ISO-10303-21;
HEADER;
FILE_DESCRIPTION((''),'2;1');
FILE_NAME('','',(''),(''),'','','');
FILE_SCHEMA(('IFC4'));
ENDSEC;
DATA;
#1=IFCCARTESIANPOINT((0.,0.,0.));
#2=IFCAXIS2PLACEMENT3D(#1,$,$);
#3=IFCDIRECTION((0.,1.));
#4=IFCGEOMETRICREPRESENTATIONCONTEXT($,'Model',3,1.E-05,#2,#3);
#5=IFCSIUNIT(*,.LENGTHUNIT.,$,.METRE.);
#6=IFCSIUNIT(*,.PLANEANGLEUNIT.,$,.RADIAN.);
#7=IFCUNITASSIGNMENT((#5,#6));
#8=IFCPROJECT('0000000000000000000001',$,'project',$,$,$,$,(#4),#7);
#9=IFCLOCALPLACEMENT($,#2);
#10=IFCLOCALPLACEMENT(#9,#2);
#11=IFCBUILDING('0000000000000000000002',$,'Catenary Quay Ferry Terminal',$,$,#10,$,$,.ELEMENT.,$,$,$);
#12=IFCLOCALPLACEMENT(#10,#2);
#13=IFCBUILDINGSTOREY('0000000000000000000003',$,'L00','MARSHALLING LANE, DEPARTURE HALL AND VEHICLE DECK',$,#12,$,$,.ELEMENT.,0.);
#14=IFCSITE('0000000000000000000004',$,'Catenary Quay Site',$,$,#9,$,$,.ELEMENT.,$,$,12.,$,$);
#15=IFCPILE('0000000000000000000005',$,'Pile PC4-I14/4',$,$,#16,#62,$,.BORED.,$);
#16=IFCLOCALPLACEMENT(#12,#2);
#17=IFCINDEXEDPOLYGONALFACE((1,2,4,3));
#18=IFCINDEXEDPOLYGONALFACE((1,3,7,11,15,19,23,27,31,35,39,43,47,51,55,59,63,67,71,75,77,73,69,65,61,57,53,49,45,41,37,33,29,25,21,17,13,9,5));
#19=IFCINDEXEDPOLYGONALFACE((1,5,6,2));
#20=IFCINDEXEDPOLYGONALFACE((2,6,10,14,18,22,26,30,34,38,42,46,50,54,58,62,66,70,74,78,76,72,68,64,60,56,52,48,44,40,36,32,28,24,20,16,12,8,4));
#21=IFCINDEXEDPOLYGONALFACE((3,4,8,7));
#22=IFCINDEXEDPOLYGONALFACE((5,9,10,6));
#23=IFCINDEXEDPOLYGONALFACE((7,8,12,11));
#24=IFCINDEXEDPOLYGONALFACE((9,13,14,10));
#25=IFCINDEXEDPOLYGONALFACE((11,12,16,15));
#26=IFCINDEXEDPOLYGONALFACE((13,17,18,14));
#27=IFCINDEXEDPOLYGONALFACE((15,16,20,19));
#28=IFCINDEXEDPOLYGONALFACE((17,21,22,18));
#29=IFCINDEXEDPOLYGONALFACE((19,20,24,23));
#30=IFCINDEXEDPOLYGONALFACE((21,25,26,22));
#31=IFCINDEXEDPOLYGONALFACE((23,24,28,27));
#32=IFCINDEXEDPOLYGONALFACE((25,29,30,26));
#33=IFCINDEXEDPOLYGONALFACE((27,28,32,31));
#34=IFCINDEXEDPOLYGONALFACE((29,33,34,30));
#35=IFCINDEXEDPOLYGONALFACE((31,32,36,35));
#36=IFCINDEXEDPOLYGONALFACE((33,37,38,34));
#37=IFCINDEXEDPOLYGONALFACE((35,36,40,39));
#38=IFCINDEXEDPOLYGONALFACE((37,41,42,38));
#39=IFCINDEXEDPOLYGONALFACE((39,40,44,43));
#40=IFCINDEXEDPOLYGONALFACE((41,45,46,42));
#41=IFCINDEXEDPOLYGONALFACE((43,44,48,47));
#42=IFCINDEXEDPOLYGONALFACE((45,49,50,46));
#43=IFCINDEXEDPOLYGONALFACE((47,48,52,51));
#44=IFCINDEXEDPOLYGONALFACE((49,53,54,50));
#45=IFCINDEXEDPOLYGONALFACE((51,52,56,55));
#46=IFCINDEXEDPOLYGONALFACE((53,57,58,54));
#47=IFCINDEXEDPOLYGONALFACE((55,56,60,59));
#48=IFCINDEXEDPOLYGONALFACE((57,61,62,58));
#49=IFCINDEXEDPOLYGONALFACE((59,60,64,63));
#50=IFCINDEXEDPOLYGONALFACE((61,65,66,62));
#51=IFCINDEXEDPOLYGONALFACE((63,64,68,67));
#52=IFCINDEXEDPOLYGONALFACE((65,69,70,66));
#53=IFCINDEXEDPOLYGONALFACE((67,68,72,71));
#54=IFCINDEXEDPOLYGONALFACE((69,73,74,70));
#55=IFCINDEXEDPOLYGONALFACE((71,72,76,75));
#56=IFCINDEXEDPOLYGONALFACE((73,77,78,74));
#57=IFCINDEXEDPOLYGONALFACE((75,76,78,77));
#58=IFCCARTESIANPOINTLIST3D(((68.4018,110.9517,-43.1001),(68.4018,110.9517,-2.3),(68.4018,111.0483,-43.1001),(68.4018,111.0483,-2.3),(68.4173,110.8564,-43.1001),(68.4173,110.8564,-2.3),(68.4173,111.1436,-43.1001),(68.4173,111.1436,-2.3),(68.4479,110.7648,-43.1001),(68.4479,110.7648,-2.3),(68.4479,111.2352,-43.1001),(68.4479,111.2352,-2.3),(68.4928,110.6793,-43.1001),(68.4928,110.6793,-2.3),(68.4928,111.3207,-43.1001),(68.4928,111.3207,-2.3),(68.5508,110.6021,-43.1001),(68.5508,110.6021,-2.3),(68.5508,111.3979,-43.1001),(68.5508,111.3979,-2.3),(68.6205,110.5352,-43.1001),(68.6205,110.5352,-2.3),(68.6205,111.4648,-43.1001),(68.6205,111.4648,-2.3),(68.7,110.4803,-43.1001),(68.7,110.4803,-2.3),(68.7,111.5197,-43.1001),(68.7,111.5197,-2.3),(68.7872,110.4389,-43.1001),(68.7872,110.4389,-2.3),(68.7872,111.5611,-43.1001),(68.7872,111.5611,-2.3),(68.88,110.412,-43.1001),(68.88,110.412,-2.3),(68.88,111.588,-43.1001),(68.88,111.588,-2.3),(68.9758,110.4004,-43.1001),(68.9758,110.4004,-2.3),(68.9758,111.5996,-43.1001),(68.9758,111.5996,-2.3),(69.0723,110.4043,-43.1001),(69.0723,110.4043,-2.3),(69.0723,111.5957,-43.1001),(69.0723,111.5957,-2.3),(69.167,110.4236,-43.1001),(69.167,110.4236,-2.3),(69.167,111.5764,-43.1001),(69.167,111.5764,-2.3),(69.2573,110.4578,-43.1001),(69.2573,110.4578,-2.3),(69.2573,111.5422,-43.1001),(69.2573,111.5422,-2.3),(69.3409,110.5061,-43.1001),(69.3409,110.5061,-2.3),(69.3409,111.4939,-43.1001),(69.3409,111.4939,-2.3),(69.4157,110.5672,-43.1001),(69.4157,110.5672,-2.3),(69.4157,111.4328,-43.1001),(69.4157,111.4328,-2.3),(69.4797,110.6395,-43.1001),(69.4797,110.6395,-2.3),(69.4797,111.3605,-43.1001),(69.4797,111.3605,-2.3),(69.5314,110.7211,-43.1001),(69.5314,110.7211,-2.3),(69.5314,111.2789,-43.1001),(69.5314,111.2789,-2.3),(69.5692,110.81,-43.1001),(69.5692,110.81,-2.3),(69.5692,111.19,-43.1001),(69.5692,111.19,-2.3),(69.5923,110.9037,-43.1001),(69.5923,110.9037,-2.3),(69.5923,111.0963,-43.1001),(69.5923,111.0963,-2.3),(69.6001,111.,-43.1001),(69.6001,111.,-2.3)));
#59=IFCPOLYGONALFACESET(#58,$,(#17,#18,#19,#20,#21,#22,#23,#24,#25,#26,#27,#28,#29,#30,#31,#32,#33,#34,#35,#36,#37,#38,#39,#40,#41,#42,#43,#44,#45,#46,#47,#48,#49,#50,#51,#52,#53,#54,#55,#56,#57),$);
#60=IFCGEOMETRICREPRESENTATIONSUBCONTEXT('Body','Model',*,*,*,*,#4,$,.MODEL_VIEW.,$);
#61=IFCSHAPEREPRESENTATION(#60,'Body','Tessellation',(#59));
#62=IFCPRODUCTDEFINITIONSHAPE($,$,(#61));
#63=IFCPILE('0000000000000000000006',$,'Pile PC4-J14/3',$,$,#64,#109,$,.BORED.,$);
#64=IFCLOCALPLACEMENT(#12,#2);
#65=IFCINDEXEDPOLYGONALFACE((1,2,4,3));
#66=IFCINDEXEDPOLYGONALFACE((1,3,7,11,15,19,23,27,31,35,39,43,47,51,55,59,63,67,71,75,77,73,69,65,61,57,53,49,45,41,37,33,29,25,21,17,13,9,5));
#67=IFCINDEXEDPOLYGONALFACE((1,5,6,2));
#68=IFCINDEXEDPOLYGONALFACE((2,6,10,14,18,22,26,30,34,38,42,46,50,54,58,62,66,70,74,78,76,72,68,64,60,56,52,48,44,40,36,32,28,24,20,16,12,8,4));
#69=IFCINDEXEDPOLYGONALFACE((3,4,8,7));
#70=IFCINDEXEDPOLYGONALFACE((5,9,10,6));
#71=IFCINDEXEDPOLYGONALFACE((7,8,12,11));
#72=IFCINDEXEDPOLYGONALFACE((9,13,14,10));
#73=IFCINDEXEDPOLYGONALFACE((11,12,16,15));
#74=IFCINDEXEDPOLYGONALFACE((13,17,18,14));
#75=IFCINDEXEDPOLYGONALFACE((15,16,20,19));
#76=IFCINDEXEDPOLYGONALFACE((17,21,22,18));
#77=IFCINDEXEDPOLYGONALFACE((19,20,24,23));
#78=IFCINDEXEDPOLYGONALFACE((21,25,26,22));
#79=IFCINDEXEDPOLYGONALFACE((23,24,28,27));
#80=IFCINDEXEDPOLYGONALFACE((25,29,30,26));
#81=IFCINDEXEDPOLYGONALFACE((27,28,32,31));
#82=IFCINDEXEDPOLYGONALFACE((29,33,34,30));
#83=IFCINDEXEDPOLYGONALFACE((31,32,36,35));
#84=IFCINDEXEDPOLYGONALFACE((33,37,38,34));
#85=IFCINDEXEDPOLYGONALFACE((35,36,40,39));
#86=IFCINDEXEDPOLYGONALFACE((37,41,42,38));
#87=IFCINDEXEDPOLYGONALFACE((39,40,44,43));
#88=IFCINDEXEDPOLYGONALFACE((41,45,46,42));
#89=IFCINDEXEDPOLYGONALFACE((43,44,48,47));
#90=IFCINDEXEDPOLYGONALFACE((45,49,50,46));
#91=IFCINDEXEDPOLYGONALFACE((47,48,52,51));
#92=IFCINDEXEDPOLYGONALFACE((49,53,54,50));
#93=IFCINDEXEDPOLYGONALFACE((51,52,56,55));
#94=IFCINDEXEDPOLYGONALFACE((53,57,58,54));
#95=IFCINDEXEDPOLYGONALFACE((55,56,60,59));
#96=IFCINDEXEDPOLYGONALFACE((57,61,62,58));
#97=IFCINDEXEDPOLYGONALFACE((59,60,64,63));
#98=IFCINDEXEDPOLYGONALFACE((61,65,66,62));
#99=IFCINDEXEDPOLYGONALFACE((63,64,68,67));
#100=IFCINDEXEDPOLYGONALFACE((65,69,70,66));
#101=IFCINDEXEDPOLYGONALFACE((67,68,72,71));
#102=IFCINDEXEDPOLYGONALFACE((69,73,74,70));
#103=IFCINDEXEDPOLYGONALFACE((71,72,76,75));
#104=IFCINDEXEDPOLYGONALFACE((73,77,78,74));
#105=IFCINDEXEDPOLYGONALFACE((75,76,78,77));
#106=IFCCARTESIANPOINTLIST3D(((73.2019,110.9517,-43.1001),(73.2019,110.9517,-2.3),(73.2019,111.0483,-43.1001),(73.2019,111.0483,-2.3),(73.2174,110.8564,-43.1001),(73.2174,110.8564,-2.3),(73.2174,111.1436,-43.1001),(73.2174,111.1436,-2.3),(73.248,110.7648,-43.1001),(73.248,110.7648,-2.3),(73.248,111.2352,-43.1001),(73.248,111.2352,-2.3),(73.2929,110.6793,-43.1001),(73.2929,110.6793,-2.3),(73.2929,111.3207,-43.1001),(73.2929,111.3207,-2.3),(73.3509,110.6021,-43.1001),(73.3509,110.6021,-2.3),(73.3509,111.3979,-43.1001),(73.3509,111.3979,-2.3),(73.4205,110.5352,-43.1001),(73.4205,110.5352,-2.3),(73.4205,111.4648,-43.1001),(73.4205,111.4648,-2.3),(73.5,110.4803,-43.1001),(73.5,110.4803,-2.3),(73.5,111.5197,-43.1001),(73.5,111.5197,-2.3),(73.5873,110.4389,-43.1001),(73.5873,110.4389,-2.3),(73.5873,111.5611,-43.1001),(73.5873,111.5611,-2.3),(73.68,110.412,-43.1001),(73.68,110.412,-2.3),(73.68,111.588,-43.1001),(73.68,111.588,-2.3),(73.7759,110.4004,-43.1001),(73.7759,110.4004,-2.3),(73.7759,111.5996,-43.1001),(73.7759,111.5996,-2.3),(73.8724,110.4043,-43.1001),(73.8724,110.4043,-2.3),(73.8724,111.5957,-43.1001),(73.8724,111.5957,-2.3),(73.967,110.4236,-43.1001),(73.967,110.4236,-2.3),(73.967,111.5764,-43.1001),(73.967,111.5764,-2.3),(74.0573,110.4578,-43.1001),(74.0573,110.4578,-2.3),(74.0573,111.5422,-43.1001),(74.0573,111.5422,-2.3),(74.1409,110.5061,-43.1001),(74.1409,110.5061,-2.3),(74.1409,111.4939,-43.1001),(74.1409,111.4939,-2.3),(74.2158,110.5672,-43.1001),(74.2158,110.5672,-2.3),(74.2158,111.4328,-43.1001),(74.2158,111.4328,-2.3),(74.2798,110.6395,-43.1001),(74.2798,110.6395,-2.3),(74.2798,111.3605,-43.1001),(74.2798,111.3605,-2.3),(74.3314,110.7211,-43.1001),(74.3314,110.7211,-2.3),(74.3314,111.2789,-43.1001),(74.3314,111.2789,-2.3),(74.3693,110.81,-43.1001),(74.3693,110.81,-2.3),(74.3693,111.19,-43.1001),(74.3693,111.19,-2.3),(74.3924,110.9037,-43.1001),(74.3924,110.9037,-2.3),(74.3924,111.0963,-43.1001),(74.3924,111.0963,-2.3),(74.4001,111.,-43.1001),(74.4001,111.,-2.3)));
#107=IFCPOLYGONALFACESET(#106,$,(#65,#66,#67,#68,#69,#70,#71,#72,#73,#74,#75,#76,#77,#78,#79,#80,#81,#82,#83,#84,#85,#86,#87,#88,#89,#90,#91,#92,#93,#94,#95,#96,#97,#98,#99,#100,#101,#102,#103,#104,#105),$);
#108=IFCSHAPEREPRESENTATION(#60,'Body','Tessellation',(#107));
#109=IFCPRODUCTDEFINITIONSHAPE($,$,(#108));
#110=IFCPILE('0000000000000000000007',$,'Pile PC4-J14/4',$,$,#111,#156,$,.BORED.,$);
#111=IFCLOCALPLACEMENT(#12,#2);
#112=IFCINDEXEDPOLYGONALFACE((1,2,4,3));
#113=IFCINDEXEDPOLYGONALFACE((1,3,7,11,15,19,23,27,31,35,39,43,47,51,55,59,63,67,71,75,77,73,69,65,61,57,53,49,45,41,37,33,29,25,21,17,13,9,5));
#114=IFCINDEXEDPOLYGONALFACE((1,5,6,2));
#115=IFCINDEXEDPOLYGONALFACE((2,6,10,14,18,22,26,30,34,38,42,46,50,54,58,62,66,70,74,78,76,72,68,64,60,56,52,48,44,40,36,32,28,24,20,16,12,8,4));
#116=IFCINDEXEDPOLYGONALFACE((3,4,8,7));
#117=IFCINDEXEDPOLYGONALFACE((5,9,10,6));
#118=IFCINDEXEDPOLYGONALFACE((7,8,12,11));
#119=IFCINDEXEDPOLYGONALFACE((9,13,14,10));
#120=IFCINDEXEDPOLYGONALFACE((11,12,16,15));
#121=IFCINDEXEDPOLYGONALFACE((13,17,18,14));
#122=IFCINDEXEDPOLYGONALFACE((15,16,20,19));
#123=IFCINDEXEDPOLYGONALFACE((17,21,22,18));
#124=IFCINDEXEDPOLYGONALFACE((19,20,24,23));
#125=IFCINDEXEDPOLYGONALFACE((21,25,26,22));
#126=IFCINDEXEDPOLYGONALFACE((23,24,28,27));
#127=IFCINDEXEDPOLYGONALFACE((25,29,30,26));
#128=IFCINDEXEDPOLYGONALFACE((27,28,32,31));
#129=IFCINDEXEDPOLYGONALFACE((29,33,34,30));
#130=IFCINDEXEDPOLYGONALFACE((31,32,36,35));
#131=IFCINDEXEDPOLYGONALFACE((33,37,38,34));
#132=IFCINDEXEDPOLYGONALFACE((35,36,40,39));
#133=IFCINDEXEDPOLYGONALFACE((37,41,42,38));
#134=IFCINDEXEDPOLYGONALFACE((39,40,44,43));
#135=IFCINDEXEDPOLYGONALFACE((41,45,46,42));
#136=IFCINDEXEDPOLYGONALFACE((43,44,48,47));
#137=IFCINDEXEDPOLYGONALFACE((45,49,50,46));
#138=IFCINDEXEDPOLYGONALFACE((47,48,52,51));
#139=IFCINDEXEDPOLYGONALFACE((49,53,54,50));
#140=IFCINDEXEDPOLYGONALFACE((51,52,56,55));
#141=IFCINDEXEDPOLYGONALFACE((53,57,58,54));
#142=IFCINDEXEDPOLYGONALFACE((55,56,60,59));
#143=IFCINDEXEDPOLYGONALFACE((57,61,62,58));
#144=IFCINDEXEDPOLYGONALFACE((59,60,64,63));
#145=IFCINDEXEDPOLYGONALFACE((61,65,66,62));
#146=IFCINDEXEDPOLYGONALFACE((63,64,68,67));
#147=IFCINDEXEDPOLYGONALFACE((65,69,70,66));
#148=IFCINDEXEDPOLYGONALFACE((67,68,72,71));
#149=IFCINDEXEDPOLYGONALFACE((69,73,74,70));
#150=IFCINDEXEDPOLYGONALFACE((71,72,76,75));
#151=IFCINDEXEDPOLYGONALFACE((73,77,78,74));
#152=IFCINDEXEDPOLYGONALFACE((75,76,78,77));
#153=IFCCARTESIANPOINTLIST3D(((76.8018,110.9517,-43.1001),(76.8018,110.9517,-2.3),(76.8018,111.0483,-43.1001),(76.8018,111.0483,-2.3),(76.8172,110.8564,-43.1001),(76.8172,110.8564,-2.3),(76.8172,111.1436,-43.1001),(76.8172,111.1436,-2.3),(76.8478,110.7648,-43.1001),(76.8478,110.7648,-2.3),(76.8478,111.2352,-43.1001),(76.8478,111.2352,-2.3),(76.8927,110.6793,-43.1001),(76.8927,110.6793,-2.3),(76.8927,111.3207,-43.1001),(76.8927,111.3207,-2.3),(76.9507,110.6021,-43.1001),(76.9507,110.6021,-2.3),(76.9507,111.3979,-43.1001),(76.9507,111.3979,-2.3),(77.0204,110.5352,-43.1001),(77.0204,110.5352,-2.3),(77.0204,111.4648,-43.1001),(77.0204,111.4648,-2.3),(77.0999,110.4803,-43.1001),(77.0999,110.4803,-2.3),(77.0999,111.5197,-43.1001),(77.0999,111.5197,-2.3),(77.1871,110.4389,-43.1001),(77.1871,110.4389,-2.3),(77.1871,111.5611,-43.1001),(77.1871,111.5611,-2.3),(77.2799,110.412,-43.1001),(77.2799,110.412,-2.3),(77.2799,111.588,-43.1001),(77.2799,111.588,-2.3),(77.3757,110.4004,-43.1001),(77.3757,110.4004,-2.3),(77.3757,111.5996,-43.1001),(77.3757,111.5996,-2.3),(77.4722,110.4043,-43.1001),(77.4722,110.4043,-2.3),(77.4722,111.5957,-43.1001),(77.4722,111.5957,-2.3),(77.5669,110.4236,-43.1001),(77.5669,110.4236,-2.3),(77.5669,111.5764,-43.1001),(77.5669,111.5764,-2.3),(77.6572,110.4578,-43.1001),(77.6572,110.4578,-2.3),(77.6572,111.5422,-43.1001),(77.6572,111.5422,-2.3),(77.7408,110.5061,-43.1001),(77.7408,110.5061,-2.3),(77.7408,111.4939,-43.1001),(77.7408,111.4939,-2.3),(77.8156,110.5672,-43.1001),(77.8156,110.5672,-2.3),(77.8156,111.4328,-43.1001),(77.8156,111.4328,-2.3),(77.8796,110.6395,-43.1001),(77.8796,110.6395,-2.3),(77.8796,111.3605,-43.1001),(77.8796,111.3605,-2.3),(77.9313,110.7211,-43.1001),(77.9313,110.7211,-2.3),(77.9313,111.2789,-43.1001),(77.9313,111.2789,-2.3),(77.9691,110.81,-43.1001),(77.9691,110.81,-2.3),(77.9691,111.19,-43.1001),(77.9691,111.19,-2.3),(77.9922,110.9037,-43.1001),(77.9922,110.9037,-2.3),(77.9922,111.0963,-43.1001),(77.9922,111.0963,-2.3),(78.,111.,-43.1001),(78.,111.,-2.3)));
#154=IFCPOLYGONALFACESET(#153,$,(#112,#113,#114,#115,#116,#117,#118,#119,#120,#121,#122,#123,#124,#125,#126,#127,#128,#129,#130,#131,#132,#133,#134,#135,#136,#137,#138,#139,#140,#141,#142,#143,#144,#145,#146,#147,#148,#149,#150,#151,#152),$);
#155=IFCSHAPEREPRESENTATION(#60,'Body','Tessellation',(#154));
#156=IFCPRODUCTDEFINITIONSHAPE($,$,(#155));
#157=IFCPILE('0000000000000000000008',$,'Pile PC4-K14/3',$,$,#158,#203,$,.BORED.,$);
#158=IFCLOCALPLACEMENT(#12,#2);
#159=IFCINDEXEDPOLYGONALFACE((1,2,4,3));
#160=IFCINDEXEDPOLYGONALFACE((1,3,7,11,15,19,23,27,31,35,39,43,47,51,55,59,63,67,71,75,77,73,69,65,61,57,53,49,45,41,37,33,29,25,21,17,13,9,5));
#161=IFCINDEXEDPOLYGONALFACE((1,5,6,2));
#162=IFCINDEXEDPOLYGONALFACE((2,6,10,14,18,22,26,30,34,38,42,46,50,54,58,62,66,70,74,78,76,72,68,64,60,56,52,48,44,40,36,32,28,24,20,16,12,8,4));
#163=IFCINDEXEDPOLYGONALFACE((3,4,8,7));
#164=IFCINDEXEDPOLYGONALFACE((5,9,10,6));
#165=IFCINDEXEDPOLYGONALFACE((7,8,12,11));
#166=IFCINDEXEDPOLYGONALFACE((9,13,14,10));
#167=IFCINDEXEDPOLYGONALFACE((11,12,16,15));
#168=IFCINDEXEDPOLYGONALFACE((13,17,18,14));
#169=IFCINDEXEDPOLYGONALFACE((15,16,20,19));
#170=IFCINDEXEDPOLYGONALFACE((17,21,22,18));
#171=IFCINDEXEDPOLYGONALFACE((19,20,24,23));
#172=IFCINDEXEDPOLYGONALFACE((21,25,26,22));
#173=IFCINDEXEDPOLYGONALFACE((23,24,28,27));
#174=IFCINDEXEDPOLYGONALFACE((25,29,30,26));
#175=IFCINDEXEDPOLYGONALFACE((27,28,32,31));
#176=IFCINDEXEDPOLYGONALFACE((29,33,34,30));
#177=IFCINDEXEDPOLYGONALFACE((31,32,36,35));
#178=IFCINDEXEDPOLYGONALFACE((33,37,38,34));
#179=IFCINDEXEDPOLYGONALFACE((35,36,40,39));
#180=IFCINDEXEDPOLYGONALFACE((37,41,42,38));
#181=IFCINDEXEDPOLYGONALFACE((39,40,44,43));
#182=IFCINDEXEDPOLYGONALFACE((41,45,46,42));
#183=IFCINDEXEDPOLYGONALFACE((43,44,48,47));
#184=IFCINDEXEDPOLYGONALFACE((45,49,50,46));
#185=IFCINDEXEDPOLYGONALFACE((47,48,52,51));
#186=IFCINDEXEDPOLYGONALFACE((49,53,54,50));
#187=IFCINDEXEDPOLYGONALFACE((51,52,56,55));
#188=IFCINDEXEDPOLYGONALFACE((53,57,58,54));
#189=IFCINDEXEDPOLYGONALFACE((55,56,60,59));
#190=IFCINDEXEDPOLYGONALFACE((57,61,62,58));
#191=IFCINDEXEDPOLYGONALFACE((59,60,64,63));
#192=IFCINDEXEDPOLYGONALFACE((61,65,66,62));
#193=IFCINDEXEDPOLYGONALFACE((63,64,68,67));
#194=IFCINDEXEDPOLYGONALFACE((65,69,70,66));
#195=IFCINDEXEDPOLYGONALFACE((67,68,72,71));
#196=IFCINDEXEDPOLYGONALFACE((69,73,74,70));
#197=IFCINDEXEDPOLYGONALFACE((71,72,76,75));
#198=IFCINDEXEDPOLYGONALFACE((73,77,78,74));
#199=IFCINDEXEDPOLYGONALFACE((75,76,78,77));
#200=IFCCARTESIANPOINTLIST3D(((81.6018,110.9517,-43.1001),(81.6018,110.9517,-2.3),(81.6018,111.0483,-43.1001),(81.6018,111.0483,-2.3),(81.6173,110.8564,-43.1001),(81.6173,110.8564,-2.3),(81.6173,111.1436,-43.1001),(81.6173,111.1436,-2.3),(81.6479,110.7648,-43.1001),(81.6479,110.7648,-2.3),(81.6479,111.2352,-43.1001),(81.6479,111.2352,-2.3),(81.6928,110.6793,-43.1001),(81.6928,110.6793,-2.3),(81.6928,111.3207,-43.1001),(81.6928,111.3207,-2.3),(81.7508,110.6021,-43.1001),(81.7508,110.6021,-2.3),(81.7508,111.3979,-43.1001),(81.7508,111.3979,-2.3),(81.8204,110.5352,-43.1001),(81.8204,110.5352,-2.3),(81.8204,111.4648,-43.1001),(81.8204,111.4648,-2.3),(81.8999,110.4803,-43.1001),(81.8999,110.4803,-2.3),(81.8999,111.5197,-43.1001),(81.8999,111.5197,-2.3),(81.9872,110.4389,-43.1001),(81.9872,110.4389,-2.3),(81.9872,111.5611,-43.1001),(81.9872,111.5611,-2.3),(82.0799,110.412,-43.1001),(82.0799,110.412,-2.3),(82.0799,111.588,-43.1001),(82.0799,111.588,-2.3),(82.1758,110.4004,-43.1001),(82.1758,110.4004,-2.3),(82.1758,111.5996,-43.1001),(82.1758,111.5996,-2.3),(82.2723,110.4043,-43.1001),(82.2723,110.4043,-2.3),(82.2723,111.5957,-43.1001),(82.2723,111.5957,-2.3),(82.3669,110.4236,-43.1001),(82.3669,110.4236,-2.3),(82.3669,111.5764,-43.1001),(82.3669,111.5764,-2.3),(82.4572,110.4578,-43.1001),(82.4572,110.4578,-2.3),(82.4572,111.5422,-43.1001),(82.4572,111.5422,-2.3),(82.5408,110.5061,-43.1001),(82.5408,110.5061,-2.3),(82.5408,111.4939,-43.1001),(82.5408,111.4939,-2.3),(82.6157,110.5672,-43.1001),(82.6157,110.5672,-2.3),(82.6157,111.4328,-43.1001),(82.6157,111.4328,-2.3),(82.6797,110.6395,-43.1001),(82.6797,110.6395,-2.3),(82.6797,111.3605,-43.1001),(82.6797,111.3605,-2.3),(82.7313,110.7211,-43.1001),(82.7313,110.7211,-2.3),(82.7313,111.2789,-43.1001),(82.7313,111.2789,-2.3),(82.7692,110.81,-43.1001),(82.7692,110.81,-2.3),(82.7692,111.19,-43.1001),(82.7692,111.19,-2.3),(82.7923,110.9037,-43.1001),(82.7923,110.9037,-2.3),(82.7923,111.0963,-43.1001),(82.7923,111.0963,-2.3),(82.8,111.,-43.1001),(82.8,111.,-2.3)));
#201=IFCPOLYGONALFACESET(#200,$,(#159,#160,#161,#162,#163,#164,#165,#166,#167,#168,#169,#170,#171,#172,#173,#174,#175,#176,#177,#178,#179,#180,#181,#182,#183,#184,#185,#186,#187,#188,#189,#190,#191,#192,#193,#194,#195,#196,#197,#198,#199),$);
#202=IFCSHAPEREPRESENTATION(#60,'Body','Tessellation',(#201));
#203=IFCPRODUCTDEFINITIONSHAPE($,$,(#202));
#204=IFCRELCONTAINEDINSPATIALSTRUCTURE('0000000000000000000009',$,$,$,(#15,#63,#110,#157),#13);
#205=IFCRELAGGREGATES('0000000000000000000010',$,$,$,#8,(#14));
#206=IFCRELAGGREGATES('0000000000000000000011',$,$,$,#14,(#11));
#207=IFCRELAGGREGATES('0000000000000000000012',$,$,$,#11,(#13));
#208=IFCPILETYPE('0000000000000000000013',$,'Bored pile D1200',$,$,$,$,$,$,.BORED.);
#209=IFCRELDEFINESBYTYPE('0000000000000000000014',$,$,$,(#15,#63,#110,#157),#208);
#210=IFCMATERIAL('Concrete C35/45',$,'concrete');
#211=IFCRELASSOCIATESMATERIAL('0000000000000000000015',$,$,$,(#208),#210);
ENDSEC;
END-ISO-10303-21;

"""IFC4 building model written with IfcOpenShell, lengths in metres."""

from ifc_helpers import new_model, si_unit, direction, frame, origin, origin_2d, place, context, subcontext, project, spatial, circle, extrude, material, material_profile, profile_set, type_object, element, save


model = new_model("IFC4")

# Units and contexts
model_context = context("Model", 3, precision=1e-05, world=origin(), true_north=direction((0.0, 1.0)))
body_context = subcontext(model_context, "Body", "Model", "MODEL_VIEW")
ifc_project = project(units=[si_unit("LENGTHUNIT", "METRE"), si_unit("PLANEANGLEUNIT", "RADIAN")], contexts=[model_context])

# Site, building, storey
site_placement = place(None, origin())
site = spatial("IfcSite", under=ifc_project, at=site_placement, Name="Catenary Quay Site", CompositionType="ELEMENT", RefElevation=12.0)
building_placement = place(site_placement, origin())
building = spatial("IfcBuilding", under=site, at=building_placement, Name="Catenary Quay Ferry Terminal", CompositionType="ELEMENT")
storey_placement = place(building_placement, origin())
storey = spatial("IfcBuildingStorey", under=building, at=storey_placement, Name="L00", Description="MARSHALLING LANE, DEPARTURE HALL AND VEHICLE DECK", CompositionType="ELEMENT", Elevation=0.0)

# Piles
ifc_material_1 = material(Name="Concrete C35/45", Category="concrete")
ifc_material_profile_1 = material_profile(ifc_material_1, circle(Radius=0.6001, at=origin_2d()), Name="D1200")
ifc_profile_set_1 = profile_set([ifc_material_profile_1], Name="Concrete C35/45")
pile_type = type_object("IfcPileType", Name="Bored pile D1200", PredefinedType="BORED", material=ifc_profile_set_1)
for number, where, z_axis, x_axis, name in (
    (1, (69.0, 111.0, -2.3), (0.0, 0.0, -1.0), (1.0, 0.0, 0.0), "Pile PC4-I14/4"),
    (2, (73.8, 111.0, -2.3), (0.0, 0.0, -1.0), (1.0, 0.0, 0.0), "Pile PC4-J14/3"),
    (3, (77.3999, 111.0, -2.3), (0.0, 0.0, -1.0), (1.0, 0.0, 0.0), "Pile PC4-J14/4"),
    (4, (82.2, 111.0, -2.3), (0.0, 0.0, -1.0), (1.0, 0.0, 0.0), "Pile PC4-K14/3"),
):
    element("IfcPile", number, at=place(storey_placement, frame(where, z_axis=z_axis, x_axis=x_axis)), inside=storey, type_object=pile_type, Name=name, PredefinedType="BORED", context=body_context, shape_type="SweptSolid", body=[
        extrude(circle(Radius=0.6001, at=origin_2d()), origin(), (0.0, 0.0, 1.0), 40.8),
    ])

save(model, "model.ifc")
